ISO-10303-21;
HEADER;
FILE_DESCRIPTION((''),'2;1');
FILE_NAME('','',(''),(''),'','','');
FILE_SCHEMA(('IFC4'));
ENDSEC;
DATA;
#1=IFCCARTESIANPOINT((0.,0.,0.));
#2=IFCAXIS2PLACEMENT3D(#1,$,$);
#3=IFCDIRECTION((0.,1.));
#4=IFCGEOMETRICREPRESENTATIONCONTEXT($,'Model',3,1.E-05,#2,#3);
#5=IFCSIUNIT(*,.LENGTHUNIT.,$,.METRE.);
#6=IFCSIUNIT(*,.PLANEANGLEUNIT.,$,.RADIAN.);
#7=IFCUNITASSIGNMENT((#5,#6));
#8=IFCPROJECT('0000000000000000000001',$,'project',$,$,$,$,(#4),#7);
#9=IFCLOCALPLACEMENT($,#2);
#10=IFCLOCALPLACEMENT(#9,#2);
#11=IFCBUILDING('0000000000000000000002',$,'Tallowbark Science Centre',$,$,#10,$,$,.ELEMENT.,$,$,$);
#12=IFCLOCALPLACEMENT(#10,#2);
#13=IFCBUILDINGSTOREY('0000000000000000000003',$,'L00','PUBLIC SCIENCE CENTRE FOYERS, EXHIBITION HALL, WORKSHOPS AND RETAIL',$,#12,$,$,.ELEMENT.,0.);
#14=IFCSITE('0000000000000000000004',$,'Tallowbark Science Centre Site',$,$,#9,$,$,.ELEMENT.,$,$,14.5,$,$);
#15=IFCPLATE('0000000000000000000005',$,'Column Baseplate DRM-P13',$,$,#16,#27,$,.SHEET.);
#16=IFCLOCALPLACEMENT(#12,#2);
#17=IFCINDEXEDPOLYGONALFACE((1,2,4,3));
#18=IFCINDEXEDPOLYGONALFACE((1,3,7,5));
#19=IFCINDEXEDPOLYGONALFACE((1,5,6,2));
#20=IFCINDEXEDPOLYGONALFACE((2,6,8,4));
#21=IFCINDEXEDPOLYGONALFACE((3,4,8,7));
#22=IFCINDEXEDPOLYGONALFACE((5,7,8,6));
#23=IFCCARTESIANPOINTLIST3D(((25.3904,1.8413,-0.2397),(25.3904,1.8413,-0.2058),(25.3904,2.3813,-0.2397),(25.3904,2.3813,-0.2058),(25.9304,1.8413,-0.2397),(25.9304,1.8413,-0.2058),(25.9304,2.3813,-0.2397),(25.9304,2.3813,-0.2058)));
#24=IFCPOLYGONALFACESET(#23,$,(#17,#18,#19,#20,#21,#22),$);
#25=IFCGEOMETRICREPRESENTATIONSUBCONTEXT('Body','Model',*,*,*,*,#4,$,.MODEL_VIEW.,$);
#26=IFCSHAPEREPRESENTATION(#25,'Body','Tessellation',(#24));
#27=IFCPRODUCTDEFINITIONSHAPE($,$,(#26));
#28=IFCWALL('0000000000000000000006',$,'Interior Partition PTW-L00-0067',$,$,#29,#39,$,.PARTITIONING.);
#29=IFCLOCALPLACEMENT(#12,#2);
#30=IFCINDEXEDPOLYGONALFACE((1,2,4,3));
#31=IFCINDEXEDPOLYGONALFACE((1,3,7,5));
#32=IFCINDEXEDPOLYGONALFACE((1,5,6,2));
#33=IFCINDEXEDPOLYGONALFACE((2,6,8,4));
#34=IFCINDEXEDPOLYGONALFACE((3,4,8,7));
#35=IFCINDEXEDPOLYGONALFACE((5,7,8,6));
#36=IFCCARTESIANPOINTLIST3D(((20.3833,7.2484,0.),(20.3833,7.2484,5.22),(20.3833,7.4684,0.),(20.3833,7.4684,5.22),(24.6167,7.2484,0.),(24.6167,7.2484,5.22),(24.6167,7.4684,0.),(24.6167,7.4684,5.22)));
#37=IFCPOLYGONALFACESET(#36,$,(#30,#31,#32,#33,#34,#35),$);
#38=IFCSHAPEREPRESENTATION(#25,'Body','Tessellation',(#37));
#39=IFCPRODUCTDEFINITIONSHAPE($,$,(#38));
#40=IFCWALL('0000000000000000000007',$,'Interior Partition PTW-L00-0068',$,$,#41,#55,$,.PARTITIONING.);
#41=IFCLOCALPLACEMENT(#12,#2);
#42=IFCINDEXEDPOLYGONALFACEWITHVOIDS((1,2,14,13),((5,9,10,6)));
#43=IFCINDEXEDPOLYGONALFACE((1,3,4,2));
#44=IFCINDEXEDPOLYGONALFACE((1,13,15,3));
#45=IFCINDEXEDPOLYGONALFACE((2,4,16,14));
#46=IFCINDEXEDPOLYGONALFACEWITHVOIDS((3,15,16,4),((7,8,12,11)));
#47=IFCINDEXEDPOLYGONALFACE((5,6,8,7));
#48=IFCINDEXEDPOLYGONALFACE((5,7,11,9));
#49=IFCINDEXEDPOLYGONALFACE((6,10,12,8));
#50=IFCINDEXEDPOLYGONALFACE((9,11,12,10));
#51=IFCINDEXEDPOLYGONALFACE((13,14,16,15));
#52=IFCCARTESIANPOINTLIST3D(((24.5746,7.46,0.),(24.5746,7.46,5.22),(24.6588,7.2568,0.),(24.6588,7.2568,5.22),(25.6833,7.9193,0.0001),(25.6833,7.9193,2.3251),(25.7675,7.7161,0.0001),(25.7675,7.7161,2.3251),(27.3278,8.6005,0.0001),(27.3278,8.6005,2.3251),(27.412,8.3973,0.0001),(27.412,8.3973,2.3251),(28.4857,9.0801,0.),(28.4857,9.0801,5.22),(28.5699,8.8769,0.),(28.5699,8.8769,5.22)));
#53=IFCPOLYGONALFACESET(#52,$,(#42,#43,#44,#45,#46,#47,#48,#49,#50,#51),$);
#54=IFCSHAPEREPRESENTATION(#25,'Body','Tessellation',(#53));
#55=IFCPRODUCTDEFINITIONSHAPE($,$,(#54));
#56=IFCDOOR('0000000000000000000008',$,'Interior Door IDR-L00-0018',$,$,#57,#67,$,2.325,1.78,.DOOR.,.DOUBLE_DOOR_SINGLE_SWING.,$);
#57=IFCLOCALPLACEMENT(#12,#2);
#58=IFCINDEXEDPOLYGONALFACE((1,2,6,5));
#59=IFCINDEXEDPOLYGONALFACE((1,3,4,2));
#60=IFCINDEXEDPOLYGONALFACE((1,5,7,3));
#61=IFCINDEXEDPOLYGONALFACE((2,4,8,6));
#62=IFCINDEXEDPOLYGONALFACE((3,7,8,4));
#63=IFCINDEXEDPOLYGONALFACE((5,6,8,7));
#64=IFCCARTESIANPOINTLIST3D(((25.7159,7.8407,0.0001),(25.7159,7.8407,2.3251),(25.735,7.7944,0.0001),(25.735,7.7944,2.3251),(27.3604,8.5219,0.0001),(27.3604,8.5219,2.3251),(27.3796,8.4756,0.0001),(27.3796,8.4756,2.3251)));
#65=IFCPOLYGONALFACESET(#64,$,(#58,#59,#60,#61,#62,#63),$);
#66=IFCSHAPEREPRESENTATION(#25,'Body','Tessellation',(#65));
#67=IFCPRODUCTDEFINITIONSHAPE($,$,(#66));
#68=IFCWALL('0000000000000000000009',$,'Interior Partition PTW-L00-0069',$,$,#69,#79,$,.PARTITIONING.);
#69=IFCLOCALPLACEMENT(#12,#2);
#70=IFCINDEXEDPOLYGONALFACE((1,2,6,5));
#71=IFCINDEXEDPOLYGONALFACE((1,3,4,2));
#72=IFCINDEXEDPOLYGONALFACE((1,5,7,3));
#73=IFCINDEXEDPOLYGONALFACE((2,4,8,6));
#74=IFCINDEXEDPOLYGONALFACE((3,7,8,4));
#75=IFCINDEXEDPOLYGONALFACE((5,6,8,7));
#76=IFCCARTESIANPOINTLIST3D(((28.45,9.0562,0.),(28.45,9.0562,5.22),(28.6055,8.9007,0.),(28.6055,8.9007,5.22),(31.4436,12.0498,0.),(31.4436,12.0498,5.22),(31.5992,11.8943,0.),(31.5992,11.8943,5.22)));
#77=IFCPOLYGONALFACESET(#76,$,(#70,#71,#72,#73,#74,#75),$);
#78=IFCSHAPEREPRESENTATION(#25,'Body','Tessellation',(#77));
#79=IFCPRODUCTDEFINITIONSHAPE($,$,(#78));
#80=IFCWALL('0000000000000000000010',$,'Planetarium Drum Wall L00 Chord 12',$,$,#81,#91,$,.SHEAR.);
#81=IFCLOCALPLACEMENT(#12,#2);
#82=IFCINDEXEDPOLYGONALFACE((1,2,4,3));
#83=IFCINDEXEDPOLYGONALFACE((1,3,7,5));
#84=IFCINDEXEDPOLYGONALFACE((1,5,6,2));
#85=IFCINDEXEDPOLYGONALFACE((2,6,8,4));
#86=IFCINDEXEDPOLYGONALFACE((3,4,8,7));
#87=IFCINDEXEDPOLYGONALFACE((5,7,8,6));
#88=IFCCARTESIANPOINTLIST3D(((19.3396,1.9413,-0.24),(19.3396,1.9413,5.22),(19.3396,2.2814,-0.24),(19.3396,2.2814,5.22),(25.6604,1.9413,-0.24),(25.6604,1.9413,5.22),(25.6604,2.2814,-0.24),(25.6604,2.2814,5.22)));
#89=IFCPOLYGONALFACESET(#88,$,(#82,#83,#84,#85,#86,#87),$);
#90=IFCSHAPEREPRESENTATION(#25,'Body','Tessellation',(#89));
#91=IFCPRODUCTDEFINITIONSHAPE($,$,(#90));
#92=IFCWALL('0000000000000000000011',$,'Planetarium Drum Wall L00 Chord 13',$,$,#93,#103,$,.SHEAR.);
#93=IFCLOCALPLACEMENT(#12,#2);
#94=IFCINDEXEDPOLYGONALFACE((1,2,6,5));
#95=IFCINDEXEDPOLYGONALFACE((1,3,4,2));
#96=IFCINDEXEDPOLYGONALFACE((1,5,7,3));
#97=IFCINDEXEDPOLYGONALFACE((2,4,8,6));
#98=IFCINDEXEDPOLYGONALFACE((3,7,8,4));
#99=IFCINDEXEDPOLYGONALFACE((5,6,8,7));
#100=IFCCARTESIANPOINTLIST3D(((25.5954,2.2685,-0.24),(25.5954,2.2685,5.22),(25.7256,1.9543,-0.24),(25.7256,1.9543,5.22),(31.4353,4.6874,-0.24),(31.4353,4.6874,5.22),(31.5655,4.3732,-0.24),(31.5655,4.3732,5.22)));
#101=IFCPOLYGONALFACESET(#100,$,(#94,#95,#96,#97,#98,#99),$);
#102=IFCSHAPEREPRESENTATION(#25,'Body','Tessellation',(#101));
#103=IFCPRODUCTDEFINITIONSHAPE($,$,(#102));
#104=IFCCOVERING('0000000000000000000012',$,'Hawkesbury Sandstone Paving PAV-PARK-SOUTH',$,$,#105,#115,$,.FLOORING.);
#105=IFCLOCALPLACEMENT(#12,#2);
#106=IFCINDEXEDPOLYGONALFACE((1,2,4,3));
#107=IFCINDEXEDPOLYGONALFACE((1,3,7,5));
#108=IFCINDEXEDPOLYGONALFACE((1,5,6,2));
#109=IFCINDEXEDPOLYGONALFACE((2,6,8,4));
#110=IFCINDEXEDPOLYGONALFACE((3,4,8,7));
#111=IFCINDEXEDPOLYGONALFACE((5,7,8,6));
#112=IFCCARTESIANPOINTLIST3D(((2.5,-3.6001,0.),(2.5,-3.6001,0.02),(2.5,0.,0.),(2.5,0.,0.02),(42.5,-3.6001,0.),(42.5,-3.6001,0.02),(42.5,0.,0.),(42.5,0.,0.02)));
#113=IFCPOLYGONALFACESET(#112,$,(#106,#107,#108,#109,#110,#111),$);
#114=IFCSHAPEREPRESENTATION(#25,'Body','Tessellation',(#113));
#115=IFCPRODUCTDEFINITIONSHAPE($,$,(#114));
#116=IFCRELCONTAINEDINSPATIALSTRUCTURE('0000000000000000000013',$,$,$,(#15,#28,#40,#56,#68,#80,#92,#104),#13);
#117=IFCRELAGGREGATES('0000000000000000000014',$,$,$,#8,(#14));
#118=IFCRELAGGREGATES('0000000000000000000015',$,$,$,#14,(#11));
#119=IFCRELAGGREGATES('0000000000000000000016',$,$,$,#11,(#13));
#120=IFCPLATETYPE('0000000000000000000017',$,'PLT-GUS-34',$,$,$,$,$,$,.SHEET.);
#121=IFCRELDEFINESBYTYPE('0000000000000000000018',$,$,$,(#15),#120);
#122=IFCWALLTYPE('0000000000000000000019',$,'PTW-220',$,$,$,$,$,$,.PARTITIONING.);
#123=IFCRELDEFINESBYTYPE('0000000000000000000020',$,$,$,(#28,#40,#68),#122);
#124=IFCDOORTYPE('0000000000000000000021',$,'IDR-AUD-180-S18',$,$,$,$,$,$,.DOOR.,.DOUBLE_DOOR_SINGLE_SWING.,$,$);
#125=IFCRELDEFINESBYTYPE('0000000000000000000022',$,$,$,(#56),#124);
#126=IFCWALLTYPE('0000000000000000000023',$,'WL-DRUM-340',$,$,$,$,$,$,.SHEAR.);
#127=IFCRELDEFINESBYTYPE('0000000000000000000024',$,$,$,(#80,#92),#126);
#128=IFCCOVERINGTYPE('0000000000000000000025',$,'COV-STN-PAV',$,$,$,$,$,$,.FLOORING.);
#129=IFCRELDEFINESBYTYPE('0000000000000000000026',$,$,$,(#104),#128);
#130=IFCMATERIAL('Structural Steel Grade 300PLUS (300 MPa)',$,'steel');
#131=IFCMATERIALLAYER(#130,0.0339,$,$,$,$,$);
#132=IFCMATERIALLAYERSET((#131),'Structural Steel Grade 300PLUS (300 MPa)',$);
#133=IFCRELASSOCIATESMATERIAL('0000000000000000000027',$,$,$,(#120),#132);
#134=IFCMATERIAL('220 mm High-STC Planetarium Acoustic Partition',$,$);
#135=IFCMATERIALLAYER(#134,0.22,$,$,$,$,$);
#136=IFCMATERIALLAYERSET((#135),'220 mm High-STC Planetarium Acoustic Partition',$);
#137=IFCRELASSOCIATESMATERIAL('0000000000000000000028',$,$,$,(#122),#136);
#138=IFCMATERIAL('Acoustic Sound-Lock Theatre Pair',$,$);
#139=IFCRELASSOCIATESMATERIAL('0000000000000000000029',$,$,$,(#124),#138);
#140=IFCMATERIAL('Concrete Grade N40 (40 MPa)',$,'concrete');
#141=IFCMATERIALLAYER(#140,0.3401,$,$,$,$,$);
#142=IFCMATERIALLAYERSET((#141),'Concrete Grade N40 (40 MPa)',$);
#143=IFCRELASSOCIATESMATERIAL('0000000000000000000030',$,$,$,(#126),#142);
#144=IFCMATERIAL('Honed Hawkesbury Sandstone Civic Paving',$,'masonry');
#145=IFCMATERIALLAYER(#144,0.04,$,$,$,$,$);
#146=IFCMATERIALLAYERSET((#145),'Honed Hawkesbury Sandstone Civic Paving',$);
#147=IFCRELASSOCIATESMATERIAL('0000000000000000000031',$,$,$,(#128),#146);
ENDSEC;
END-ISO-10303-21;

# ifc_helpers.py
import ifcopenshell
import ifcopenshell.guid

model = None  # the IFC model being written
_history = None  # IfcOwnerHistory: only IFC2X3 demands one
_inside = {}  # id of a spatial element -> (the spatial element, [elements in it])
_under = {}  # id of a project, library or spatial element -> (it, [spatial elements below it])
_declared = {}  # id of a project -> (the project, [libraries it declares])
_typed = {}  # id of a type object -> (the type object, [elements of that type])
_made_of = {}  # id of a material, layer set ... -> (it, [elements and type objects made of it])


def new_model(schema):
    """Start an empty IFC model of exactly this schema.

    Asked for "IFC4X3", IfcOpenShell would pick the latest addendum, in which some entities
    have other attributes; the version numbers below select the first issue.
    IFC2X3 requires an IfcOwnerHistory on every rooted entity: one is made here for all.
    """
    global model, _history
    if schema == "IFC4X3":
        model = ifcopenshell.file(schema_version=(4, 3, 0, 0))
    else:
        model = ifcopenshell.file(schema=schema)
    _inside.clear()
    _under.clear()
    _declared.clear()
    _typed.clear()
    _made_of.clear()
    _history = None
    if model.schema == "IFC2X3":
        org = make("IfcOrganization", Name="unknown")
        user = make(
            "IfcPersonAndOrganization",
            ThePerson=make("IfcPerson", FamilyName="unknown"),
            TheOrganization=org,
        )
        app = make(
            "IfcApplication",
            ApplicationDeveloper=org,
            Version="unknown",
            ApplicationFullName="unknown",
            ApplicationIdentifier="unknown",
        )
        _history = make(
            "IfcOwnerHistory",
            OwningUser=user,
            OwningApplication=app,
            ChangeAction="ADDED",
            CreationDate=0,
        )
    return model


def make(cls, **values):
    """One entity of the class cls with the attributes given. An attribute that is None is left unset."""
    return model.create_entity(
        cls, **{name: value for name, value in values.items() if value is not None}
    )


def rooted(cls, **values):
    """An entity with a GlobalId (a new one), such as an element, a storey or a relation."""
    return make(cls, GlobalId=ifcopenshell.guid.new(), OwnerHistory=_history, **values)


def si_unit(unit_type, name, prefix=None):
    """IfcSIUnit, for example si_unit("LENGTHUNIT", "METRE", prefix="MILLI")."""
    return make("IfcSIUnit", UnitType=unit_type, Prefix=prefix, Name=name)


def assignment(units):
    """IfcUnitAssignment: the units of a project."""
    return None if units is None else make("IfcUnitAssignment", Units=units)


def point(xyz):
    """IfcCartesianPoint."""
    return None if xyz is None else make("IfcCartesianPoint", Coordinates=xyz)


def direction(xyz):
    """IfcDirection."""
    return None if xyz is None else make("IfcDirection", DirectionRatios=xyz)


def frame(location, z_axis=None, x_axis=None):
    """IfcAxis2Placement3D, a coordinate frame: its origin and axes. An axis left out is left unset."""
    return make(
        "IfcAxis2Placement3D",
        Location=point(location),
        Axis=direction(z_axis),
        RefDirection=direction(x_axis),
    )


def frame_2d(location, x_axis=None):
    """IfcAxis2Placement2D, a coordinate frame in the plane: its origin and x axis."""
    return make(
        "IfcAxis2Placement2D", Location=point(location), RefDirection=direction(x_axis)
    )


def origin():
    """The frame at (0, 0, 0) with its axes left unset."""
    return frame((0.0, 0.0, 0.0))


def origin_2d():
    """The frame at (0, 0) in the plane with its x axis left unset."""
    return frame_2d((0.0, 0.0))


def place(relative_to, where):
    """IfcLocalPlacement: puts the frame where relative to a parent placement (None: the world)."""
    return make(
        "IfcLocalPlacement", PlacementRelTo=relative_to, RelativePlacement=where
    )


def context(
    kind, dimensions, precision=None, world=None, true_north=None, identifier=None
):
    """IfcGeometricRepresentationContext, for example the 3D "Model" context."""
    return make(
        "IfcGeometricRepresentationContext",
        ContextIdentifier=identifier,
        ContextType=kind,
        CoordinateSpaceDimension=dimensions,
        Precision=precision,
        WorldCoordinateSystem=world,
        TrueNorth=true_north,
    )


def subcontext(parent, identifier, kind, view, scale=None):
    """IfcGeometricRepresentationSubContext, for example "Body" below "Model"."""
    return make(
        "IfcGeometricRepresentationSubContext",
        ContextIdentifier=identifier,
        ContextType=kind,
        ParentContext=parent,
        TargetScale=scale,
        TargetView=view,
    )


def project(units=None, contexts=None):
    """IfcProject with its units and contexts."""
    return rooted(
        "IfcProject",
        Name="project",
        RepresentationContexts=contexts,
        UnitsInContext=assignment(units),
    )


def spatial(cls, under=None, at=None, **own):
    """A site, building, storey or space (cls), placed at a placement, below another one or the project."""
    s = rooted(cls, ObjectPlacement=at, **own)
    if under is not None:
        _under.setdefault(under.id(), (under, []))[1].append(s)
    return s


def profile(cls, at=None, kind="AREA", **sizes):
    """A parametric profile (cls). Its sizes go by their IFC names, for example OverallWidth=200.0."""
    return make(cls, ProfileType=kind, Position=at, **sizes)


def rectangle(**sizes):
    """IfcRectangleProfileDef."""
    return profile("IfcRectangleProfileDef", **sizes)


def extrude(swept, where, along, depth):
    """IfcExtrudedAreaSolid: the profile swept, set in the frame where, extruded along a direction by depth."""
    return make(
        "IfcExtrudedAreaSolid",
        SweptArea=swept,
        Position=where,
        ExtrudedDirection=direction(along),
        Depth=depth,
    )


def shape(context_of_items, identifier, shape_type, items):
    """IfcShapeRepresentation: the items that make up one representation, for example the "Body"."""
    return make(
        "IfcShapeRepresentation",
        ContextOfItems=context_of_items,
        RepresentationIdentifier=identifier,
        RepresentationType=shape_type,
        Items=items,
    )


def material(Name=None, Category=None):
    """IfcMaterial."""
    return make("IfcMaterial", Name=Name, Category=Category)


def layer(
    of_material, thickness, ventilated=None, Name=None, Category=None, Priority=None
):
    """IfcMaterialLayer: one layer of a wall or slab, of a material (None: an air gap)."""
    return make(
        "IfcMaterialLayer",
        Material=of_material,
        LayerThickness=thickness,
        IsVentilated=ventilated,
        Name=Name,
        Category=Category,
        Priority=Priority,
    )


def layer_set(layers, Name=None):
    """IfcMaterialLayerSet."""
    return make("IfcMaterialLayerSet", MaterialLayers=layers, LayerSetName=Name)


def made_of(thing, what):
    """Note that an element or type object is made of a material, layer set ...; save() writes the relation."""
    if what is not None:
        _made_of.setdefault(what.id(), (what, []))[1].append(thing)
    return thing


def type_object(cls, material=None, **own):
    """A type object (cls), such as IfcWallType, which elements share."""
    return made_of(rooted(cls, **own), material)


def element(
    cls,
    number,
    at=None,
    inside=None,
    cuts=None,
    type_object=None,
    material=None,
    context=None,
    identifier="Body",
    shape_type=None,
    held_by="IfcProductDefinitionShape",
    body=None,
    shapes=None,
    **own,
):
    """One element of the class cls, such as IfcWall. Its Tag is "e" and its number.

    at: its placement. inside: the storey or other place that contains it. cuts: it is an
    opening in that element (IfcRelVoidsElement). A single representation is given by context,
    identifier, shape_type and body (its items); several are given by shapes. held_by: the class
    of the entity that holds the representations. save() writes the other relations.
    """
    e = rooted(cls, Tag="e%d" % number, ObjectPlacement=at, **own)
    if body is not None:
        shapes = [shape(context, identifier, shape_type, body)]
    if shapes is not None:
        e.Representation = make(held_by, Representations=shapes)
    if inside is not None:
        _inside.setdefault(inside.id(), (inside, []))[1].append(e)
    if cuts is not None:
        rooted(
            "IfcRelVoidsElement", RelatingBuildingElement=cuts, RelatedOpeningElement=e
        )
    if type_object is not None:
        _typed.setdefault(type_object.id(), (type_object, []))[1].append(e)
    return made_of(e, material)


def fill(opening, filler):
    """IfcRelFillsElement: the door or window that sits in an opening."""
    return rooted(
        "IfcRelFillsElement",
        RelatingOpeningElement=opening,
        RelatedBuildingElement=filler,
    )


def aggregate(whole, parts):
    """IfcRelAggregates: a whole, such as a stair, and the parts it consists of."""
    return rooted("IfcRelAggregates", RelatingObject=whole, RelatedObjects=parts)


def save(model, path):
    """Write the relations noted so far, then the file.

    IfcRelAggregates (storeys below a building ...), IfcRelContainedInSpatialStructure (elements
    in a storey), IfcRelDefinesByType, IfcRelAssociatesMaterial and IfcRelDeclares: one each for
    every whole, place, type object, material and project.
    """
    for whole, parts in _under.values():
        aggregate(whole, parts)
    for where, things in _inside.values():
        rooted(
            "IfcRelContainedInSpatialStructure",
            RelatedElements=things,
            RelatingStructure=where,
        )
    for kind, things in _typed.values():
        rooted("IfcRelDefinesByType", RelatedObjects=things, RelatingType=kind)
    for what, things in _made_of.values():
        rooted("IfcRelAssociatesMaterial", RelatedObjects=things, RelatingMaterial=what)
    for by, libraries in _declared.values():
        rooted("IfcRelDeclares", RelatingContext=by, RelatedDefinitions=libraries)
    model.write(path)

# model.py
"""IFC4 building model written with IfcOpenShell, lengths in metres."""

from ifc_helpers import new_model, si_unit, direction, frame, frame_2d, origin, origin_2d, place, context, subcontext, project, spatial, rectangle, extrude, material, layer, layer_set, type_object, element, fill, save


model = new_model("IFC4")

# Units and contexts
model_context = context("Model", 3, precision=1e-05, world=origin(), true_north=direction((0.0, 1.0)))
body_context = subcontext(model_context, "Body", "Model", "MODEL_VIEW")
ifc_project = project(units=[si_unit("LENGTHUNIT", "METRE"), si_unit("PLANEANGLEUNIT", "RADIAN")], contexts=[model_context])

# Site, building, storey
site_placement = place(None, origin())
site = spatial("IfcSite", under=ifc_project, at=site_placement, Name="Tallowbark Science Centre Site", CompositionType="ELEMENT", RefElevation=14.5)
building_placement = place(site_placement, origin())
building = spatial("IfcBuilding", under=site, at=building_placement, Name="Tallowbark Science Centre", CompositionType="ELEMENT")
storey_placement = place(building_placement, origin())
storey = spatial("IfcBuildingStorey", under=building, at=storey_placement, Name="L00", Description="PUBLIC SCIENCE CENTRE FOYERS, EXHIBITION HALL, WORKSHOPS AND RETAIL", CompositionType="ELEMENT", Elevation=0.0)

# Shared definitions
ifc_material_1 = material(Name="Concrete Grade N40 (40 MPa)", Category="concrete")

# Shared definitions
ifc_material_2 = material(Name="Structural Steel Grade 300PLUS (300 MPa)", Category="steel")

# Plate
ifc_layer_1 = layer(ifc_material_2, 0.0339)
ifc_layer_set_1 = layer_set([ifc_layer_1], Name="Structural Steel Grade 300PLUS (300 MPa)")
plate_type_1 = type_object("IfcPlateType", Name="PLT-GUS-34", PredefinedType="SHEET", material=ifc_layer_set_1)
plate_1_placement = place(storey_placement, frame((25.6604, 2.1113, -0.2397), z_axis=(0.0, 0.0, 1.0), x_axis=(1.0, 0.0, 0.0)))
element("IfcPlate", 1, at=plate_1_placement, inside=storey, type_object=plate_type_1, Name="Column Baseplate DRM-P13", PredefinedType="SHEET", context=body_context, shape_type="SweptSolid", body=[
    extrude(rectangle(XDim=0.54, YDim=0.54, at=origin_2d()), origin(), (0.0, 0.0, 1.0), 0.0339),
])

# Wall
ifc_material_3 = material(Name="220 mm High-STC Planetarium Acoustic Partition")
ifc_layer_2 = layer(ifc_material_3, 0.22)
ifc_layer_set_2 = layer_set([ifc_layer_2], Name="220 mm High-STC Planetarium Acoustic Partition")
wall_type_1 = type_object("IfcWallType", Name="PTW-220", PredefinedType="PARTITIONING", material=ifc_layer_set_2)
wall_1_placement = place(storey_placement, frame((20.3833, 7.3584, 0.0), z_axis=(0.0, 0.0, 1.0), x_axis=(1.0, 0.0, 0.0)))
element("IfcWall", 2, at=wall_1_placement, inside=storey, type_object=wall_type_1, Name="Interior Partition PTW-L00-0067", PredefinedType="PARTITIONING", context=body_context, shape_type="SweptSolid", body=[
    extrude(rectangle(XDim=4.2334, YDim=0.22, at=frame_2d((2.1167, 0.0))), origin(), (0.0, 0.0, 1.0), 5.22),
])

# Wall, opening, door
wall_2_placement = place(storey_placement, frame((24.6167, 7.3584, 0.0), z_axis=(0.0, 0.0, 1.0), x_axis=(0.923873, 0.382698, 0.0)))
wall_2 = element("IfcWall", 3, at=wall_2_placement, inside=storey, type_object=wall_type_1, Name="Interior Partition PTW-L00-0068", PredefinedType="PARTITIONING", context=body_context, shape_type="SweptSolid", body=[
    extrude(rectangle(XDim=4.2334, YDim=0.22, at=frame_2d((2.1167, 0.0))), origin(), (0.0, 0.0, 1.0), 5.22),
])
opening_placement = place(wall_2_placement, frame((1.2, 0.0, 0.0)))
opening = element("IfcOpeningElement", 4, at=opening_placement, cuts=wall_2, PredefinedType="OPENING", context=body_context, shape_type="SweptSolid", body=[
    extrude(rectangle(XDim=1.78, YDim=2.325, at=frame_2d((0.8901, 1.1626))), frame((0.0, 0.1201, 0.0), z_axis=(0.0, -1.0, 0.0), x_axis=(1.0, 0.0, 0.0)), (0.0, 0.0, 1.0), 0.24),
])
ifc_material_4 = material(Name="Acoustic Sound-Lock Theatre Pair")
door_type = type_object("IfcDoorType", Name="IDR-AUD-180-S18", OperationType="DOUBLE_DOOR_SINGLE_SWING", PredefinedType="DOOR", material=ifc_material_4)
door_placement = place(opening_placement, origin())
door = element("IfcDoor", 5, at=door_placement, inside=storey, type_object=door_type, Name="Interior Door IDR-L00-0018", OperationType="DOUBLE_DOOR_SINGLE_SWING", OverallHeight=2.325, OverallWidth=1.78, PredefinedType="DOOR", context=body_context, shape_type="SweptSolid", body=[
    extrude(rectangle(XDim=1.78, YDim=2.325, at=frame_2d((0.8901, 1.1626))), frame((0.0, 0.0249, 0.0), z_axis=(0.0, -1.0, 0.0), x_axis=(1.0, 0.0, 0.0)), (0.0, 0.0, 1.0), 0.05),
])
fill(opening, door)

# Walls
wall_3_placement = place(storey_placement, frame((28.5278, 8.9785, 0.0), z_axis=(0.0, 0.0, 1.0), x_axis=(0.707107, 0.707107, 0.0)))
element("IfcWall", 6, at=wall_3_placement, inside=storey, type_object=wall_type_1, Name="Interior Partition PTW-L00-0069", PredefinedType="PARTITIONING", context=body_context, shape_type="SweptSolid", body=[
    extrude(rectangle(XDim=4.2336, YDim=0.22, at=frame_2d((2.1167, 0.0))), origin(), (0.0, 0.0, 1.0), 5.22),
])
ifc_layer_3 = layer(ifc_material_1, 0.3401)
ifc_layer_set_3 = layer_set([ifc_layer_3], Name="Concrete Grade N40 (40 MPa)")
wall_type_2 = type_object("IfcWallType", Name="WL-DRUM-340", PredefinedType="SHEAR", material=ifc_layer_set_3)
wall_4_placement = place(storey_placement, frame((19.3396, 2.1113, -0.24), z_axis=(0.0, 0.0, 1.0), x_axis=(1.0, 0.0, 0.0)))
element("IfcWall", 7, at=wall_4_placement, inside=storey, type_object=wall_type_2, Name="Planetarium Drum Wall L00 Chord 12", PredefinedType="SHEAR", context=body_context, shape_type="SweptSolid", body=[
    extrude(rectangle(XDim=6.3208, YDim=0.3401, at=frame_2d((3.1604, 0.0))), origin(), (0.0, 0.0, 1.0), 5.46),
])
wall_5_placement = place(storey_placement, frame((25.6604, 2.1113, -0.24), z_axis=(0.0, 0.0, 1.0), x_axis=(0.923879, 0.382684, 0.0)))
element("IfcWall", 8, at=wall_5_placement, inside=storey, type_object=wall_type_2, Name="Planetarium Drum Wall L00 Chord 13", PredefinedType="SHEAR", context=body_context, shape_type="SweptSolid", body=[
    extrude(rectangle(XDim=6.321, YDim=0.3401, at=frame_2d((3.1606, 0.0))), origin(), (0.0, 0.0, 1.0), 5.46),
])

# Covering
ifc_material_5 = material(Name="Honed Hawkesbury Sandstone Civic Paving", Category="masonry")
ifc_layer_4 = layer(ifc_material_5, 0.04)
ifc_layer_set_4 = layer_set([ifc_layer_4], Name="Honed Hawkesbury Sandstone Civic Paving")
covering_type = type_object("IfcCoveringType", Name="COV-STN-PAV", PredefinedType="FLOORING", material=ifc_layer_set_4)
covering_placement = place(storey_placement, frame((22.5, -1.8, 0.0), z_axis=(0.0, 0.0, 1.0), x_axis=(1.0, 0.0, 0.0)))
element("IfcCovering", 9, at=covering_placement, inside=storey, type_object=covering_type, Name="Hawkesbury Sandstone Paving PAV-PARK-SOUTH", PredefinedType="FLOORING", context=body_context, shape_type="SweptSolid", body=[
    extrude(rectangle(XDim=40.0, YDim=3.6001, at=origin_2d()), origin(), (0.0, 0.0, 1.0), 0.02),
])

save(model, "model.ifc")
